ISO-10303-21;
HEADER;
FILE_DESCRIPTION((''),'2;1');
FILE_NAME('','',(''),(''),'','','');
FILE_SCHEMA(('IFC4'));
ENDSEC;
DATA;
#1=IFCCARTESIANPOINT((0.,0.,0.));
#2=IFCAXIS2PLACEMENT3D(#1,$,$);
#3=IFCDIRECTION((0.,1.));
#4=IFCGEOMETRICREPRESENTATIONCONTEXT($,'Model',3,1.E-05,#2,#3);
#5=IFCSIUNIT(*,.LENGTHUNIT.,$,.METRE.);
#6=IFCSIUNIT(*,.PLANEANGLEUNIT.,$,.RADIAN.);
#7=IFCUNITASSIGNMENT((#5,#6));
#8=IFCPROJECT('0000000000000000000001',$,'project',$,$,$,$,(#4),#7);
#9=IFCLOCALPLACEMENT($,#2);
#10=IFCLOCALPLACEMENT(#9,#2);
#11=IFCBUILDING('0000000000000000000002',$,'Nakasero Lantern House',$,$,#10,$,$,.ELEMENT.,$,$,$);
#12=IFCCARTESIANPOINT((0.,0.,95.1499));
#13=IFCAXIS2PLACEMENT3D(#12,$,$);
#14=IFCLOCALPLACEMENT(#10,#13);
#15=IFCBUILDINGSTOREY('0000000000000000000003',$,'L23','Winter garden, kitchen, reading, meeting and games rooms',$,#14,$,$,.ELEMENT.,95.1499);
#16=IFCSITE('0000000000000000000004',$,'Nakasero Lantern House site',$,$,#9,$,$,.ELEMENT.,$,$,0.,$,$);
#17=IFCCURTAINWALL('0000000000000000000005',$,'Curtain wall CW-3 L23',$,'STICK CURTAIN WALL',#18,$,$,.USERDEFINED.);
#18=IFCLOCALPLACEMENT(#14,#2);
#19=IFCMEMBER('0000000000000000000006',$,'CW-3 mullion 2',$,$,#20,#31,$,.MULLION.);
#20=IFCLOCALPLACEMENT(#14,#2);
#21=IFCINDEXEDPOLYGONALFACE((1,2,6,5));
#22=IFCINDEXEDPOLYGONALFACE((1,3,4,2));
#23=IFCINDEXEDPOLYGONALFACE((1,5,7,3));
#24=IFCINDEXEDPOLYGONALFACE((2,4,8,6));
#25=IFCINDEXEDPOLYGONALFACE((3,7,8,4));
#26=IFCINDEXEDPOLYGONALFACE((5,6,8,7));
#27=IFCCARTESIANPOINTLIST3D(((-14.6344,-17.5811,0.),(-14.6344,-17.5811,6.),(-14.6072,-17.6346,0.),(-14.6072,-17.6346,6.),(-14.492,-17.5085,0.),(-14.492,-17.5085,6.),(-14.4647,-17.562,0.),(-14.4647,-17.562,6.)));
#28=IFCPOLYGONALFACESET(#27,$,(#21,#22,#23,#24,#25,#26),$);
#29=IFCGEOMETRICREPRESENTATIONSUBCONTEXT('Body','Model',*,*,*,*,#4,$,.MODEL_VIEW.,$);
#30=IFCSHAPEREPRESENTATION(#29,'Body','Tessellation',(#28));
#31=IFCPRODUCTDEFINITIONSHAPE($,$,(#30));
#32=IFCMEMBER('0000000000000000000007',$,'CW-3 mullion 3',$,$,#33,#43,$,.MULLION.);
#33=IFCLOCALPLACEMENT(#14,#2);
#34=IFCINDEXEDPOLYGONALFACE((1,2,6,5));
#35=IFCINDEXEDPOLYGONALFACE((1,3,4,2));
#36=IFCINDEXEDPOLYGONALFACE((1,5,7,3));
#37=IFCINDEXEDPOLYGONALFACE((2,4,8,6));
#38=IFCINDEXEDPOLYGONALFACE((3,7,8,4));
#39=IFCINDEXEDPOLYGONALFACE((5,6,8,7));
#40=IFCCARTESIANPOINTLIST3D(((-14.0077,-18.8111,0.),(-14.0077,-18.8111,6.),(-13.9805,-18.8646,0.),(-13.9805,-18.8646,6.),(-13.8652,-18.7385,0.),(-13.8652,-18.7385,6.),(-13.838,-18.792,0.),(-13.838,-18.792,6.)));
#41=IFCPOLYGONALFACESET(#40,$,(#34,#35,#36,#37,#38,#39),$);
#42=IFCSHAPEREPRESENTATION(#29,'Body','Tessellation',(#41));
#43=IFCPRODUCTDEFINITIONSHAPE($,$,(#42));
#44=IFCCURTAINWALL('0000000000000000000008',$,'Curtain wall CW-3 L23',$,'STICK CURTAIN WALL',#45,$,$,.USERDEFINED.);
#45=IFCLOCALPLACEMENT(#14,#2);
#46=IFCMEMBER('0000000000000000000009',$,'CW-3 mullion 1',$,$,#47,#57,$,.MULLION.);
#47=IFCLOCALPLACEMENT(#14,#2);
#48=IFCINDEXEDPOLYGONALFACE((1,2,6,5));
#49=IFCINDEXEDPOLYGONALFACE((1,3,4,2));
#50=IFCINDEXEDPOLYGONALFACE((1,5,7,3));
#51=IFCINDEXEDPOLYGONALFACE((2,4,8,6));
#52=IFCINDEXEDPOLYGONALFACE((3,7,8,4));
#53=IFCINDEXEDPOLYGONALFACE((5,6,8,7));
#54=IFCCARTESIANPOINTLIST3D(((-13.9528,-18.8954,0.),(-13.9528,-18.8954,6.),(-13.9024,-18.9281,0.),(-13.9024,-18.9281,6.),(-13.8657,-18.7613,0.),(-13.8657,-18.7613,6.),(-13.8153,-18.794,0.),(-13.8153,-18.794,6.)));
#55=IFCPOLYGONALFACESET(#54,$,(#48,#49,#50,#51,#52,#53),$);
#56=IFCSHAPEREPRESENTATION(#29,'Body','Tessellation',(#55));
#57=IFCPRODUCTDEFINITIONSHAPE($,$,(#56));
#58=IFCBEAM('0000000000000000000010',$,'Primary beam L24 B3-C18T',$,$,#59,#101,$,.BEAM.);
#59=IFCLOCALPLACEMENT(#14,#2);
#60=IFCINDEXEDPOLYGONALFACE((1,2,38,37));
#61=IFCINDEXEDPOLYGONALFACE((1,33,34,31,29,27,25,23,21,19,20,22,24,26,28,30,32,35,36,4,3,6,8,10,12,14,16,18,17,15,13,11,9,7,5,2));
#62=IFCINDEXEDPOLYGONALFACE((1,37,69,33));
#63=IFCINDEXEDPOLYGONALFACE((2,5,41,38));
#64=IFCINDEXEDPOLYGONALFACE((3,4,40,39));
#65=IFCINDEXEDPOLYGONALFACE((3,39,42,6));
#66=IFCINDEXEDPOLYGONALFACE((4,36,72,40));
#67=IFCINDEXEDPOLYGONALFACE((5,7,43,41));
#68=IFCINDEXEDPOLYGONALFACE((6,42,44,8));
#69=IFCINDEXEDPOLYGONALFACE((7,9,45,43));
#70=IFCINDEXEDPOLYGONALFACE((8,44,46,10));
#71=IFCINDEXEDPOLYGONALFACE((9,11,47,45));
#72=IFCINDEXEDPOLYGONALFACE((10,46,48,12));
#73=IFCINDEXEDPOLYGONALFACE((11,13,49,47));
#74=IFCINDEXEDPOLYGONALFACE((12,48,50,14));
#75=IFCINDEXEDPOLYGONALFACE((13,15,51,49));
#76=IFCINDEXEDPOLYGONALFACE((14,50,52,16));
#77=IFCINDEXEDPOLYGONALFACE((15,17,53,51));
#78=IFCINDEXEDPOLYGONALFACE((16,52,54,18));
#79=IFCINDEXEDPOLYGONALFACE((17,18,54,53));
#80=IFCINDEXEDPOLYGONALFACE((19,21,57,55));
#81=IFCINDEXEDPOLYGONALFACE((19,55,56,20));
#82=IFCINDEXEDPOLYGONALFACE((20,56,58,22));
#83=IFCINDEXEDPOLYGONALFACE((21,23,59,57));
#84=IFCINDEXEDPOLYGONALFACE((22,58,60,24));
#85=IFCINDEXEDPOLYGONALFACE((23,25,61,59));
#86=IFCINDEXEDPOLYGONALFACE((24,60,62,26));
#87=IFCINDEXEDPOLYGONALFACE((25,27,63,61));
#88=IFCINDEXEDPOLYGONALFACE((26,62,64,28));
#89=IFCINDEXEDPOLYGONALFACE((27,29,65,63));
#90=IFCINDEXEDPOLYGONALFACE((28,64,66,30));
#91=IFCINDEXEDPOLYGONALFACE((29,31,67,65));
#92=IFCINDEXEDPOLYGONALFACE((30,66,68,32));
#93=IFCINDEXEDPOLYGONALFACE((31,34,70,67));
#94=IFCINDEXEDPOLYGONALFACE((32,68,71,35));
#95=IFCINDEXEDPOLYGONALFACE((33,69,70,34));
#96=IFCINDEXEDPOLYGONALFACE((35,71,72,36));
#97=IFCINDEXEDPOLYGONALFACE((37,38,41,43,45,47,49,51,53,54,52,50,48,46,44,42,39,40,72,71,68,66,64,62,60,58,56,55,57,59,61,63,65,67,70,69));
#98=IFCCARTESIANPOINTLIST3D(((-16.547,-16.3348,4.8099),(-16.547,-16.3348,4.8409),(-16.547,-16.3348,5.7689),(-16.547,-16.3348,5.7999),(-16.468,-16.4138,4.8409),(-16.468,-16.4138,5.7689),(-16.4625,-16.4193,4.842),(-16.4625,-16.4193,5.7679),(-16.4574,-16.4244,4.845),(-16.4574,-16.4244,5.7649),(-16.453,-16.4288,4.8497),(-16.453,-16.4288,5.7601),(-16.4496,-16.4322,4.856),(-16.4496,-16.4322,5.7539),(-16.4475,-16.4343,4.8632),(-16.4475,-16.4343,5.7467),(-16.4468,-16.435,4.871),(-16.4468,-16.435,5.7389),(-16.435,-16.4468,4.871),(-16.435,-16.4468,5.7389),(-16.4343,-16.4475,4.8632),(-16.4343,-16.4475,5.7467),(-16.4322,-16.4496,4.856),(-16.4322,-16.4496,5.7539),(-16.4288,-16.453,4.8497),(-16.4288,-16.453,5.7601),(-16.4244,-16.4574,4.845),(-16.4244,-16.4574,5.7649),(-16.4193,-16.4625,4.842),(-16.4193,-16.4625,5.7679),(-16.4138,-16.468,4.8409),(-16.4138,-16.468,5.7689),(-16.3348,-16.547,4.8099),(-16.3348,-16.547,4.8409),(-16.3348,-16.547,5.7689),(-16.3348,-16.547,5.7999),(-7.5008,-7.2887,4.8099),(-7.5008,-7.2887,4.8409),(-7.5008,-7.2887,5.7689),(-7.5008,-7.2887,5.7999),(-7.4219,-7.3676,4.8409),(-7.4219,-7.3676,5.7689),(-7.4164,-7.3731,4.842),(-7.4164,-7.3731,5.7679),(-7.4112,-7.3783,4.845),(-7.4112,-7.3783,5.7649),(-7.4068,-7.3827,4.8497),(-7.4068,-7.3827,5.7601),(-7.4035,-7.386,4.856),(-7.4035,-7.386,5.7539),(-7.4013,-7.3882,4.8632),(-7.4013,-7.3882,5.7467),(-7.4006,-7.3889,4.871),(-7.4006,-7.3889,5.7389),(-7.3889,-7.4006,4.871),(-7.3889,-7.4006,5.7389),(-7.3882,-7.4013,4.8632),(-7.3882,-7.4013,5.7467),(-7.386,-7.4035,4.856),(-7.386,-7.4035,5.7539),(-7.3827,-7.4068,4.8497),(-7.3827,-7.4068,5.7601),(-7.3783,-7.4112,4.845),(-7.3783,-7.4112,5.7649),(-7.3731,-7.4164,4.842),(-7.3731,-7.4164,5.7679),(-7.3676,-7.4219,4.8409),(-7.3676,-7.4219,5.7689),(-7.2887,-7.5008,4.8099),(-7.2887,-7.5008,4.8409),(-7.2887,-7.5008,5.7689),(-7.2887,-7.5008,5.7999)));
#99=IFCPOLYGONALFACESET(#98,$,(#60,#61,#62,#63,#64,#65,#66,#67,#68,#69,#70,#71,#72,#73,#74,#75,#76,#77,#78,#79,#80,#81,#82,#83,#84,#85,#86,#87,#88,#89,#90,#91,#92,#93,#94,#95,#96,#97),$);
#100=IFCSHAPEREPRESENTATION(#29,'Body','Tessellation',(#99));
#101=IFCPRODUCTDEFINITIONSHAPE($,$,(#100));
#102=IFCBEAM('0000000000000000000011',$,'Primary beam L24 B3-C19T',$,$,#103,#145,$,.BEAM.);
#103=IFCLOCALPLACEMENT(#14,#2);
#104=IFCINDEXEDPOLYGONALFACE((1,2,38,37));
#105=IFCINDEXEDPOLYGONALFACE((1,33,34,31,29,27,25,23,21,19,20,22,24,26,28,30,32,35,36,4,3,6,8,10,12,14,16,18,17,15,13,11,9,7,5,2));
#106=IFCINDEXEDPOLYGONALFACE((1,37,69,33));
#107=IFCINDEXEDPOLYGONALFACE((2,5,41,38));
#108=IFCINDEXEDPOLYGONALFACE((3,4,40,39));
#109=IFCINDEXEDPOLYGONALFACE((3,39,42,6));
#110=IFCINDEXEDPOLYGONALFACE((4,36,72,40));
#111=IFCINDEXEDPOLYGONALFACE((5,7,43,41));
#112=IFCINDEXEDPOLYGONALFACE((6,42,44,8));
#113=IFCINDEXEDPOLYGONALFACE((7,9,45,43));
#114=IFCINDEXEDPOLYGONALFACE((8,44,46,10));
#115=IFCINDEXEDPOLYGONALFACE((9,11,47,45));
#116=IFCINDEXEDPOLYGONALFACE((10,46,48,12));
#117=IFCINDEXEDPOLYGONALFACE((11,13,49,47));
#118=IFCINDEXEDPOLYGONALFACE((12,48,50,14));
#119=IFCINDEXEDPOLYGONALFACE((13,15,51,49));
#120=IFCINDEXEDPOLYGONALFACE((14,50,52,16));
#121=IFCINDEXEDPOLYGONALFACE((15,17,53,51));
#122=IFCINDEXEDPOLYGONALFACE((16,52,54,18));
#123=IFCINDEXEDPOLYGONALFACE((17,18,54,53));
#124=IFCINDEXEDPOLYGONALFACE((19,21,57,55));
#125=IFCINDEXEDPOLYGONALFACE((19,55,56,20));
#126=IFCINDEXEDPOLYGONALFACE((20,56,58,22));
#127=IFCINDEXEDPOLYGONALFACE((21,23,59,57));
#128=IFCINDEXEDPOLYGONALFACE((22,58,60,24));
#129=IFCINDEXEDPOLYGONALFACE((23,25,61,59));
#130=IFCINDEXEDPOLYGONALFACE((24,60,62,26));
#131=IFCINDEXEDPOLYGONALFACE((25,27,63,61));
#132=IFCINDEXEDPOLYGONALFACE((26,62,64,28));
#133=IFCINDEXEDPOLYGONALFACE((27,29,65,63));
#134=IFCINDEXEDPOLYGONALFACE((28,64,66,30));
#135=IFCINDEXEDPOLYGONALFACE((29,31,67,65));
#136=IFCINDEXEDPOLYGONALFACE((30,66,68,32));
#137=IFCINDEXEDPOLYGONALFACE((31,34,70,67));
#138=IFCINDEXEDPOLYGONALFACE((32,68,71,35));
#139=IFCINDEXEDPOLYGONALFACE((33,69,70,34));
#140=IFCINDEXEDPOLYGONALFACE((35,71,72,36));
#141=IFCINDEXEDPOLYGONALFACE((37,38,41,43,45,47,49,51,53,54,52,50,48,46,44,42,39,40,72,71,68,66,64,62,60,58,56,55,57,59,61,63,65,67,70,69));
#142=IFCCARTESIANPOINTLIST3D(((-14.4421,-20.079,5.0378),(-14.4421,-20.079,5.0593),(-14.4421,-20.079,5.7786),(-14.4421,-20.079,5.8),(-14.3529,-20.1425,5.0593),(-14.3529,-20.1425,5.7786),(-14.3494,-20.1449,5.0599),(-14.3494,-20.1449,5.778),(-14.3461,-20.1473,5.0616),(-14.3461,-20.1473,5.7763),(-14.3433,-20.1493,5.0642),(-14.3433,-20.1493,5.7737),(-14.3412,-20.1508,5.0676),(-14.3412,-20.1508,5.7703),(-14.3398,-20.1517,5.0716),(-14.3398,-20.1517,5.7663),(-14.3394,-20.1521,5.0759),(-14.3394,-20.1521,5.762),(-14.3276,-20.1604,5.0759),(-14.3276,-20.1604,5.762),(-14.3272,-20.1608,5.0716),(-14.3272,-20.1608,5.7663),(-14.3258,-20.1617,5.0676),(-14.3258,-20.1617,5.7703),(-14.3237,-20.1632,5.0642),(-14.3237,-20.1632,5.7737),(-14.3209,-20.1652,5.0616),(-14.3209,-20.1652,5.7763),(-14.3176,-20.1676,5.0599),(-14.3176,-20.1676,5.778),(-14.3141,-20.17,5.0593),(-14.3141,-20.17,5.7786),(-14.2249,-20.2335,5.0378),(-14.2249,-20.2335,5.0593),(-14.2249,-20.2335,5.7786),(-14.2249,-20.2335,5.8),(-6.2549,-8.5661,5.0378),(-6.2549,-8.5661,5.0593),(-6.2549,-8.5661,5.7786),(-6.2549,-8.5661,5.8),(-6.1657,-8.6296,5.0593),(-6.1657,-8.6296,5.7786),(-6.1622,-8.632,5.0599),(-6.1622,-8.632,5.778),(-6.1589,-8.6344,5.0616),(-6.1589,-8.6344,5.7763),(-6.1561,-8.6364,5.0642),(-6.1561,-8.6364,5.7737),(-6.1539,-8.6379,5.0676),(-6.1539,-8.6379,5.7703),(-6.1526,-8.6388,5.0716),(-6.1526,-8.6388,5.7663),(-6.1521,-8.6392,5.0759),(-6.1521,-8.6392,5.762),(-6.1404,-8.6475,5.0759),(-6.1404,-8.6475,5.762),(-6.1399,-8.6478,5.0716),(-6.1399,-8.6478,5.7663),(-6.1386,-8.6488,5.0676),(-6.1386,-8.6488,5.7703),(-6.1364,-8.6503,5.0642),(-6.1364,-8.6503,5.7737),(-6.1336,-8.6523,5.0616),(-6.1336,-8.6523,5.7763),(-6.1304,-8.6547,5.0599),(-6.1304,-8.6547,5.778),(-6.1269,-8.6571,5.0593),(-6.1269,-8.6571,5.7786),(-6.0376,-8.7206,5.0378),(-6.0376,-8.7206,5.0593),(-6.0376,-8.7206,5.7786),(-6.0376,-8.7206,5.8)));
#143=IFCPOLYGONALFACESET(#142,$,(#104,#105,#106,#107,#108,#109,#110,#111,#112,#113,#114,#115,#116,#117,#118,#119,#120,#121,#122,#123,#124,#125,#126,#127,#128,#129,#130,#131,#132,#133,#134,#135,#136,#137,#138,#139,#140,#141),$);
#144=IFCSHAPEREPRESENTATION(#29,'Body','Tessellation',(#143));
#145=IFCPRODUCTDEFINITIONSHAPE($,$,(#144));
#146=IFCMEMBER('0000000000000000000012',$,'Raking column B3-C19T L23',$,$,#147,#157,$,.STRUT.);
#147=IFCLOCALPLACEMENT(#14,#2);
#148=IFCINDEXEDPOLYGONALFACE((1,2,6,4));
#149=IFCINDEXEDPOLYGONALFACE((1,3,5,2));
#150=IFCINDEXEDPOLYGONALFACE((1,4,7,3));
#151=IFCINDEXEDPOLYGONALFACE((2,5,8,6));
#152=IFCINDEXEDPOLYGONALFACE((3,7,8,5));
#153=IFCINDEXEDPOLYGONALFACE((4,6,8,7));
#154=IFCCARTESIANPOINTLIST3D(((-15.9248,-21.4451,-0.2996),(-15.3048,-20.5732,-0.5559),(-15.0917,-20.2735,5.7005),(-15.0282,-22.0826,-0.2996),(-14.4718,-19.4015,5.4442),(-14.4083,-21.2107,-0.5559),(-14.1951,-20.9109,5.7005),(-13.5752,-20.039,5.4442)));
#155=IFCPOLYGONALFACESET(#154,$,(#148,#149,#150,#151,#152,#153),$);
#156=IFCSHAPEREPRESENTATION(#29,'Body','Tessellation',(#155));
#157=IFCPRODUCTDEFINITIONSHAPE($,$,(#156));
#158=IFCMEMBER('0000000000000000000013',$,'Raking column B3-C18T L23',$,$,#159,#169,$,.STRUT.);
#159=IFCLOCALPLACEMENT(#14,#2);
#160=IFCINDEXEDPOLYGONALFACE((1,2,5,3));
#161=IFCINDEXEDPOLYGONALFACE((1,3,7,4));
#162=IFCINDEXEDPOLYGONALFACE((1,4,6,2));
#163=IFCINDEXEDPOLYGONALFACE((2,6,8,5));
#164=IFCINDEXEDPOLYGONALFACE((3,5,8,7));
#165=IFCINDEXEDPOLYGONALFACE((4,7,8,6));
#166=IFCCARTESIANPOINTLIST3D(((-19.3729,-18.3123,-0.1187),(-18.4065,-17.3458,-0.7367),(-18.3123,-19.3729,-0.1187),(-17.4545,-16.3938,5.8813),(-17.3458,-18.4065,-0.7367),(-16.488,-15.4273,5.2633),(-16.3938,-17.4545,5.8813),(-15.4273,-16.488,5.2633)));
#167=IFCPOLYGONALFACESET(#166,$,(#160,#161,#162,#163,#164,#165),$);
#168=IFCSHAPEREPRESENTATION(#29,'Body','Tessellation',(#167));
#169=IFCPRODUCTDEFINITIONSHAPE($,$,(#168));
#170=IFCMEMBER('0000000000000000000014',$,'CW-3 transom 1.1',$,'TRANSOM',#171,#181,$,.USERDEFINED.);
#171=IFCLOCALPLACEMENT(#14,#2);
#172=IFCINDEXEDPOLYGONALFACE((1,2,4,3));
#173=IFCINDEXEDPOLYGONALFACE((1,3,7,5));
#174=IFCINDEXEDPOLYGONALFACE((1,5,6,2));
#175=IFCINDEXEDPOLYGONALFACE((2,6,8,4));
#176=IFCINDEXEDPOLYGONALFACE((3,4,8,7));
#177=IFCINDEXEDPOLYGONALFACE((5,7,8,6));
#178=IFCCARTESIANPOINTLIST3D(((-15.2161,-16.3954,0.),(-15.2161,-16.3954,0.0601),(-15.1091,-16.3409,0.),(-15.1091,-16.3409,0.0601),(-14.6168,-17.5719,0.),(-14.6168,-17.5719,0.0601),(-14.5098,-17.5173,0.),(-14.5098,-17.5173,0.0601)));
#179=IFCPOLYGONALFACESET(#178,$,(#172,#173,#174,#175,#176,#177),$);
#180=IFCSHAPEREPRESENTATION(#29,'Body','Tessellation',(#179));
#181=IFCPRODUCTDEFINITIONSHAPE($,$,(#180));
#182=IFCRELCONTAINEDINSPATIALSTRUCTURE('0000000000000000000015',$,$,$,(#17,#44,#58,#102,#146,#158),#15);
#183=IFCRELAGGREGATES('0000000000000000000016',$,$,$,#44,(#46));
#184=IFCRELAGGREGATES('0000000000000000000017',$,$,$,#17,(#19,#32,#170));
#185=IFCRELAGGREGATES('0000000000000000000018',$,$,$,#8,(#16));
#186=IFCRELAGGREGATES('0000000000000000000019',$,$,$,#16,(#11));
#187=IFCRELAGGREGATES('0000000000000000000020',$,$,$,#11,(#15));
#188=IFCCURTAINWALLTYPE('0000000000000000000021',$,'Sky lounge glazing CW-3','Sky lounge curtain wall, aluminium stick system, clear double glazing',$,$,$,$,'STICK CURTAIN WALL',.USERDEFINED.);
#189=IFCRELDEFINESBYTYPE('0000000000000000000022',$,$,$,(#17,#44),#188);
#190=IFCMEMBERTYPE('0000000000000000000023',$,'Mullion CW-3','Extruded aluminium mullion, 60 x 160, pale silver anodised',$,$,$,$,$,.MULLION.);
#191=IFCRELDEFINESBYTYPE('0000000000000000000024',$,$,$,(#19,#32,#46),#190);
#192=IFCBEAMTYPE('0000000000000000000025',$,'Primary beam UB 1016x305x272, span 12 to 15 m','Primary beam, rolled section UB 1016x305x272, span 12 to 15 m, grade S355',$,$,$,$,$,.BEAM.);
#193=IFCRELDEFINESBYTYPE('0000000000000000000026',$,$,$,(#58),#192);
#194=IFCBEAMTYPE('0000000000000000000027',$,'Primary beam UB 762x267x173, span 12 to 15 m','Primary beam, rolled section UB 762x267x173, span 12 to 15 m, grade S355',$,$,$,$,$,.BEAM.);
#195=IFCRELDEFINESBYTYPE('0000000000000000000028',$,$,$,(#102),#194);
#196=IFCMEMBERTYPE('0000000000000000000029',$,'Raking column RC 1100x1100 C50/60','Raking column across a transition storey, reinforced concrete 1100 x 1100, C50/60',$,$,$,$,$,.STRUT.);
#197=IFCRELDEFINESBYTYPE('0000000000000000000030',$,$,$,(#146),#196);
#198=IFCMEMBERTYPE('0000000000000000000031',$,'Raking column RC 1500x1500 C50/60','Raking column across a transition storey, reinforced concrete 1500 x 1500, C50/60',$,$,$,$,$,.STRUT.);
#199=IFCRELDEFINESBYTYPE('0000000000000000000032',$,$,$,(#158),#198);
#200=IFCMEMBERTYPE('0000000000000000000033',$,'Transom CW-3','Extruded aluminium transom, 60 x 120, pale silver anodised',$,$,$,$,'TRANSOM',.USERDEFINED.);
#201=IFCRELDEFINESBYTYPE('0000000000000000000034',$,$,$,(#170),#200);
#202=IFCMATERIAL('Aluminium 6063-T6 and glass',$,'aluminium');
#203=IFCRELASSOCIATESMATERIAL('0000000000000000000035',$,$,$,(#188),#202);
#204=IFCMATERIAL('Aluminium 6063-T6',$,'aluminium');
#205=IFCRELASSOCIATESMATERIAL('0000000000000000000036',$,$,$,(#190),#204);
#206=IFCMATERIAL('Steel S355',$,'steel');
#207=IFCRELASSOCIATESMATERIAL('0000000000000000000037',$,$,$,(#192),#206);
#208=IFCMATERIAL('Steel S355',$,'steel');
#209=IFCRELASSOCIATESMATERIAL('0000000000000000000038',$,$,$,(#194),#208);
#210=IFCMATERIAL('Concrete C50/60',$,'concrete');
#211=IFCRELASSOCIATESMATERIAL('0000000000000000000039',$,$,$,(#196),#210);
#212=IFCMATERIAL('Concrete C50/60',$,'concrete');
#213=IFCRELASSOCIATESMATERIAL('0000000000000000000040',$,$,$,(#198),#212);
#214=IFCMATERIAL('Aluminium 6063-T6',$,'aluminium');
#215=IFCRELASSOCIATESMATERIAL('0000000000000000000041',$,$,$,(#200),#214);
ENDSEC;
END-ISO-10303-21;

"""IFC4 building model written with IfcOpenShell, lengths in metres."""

from ifc_helpers import new_model, si_unit, direction, frame, origin, origin_2d, place, context, subcontext, project, spatial, rectangle, i_section, extrude, material, material_profile, profile_set, type_object, element, aggregate, save


model = new_model("IFC4")

# Units and contexts
model_context = context("Model", 3, precision=1e-05, world=origin(), true_north=direction((0.0, 1.0)))
body_context = subcontext(model_context, "Body", "Model", "MODEL_VIEW")
ifc_project = project(units=[si_unit("LENGTHUNIT", "METRE"), si_unit("PLANEANGLEUNIT", "RADIAN")], contexts=[model_context])

# Site, building, storey
site_placement = place(None, origin())
site = spatial("IfcSite", under=ifc_project, at=site_placement, Name="Nakasero Lantern House site", CompositionType="ELEMENT", RefElevation=0.0)
building_placement = place(site_placement, origin())
building = spatial("IfcBuilding", under=site, at=building_placement, Name="Nakasero Lantern House", CompositionType="ELEMENT")
storey_placement = place(building_placement, frame((0.0, 0.0, 95.1499)))
storey = spatial("IfcBuildingStorey", under=building, at=storey_placement, Name="L23", Description="Winter garden, kitchen, reading, meeting and games rooms", CompositionType="ELEMENT", Elevation=95.1499)

# Curtain wall, members
ifc_material_1 = material(Name="Aluminium 6063-T6 and glass", Category="aluminium")
curtain_wall_type = type_object("IfcCurtainWallType", Name="Sky lounge glazing CW-3", Description="Sky lounge curtain wall, aluminium stick system, clear double glazing", ElementType="STICK CURTAIN WALL", PredefinedType="USERDEFINED", material=ifc_material_1)
curtain_wall_1_placement = place(storey_placement, origin())
curtain_wall_1 = element("IfcCurtainWall", 1, at=curtain_wall_1_placement, inside=storey, type_object=curtain_wall_type, Name="Curtain wall CW-3 L23", ObjectType="STICK CURTAIN WALL", PredefinedType="USERDEFINED")
ifc_material_2 = material(Name="Aluminium 6063-T6", Category="aluminium")
ifc_material_profile_1 = material_profile(ifc_material_2, rectangle(XDim=0.0601, YDim=0.1599, at=origin_2d()), Name="CW-3 mullion 60x160")
ifc_profile_set_1 = profile_set([ifc_material_profile_1], Name="Aluminium 6063-T6")
member_type_1 = type_object("IfcMemberType", Name="Mullion CW-3", Description="Extruded aluminium mullion, 60 x 160, pale silver anodised", PredefinedType="MULLION", material=ifc_profile_set_1)
member_1_placement = place(storey_placement, frame((-14.5496, -17.5715, 0.0), z_axis=(0.0, 0.0, 1.0), x_axis=(0.45399, -0.891007, 0.0)))
member_1 = element("IfcMember", 2, at=member_1_placement, type_object=member_type_1, Name="CW-3 mullion 2", PredefinedType="MULLION", context=body_context, shape_type="SweptSolid", body=[
    extrude(rectangle(XDim=0.0601, YDim=0.1599, at=origin_2d()), origin(), (0.0, 0.0, 1.0), 6.0),
])
member_2_placement = place(storey_placement, frame((-13.9229, -18.8015, 0.0), z_axis=(0.0, 0.0, 1.0), x_axis=(0.45399, -0.891007, 0.0)))
member_2 = element("IfcMember", 3, at=member_2_placement, type_object=member_type_1, Name="CW-3 mullion 3", PredefinedType="MULLION", context=body_context, shape_type="SweptSolid", body=[
    extrude(rectangle(XDim=0.0601, YDim=0.1599, at=origin_2d()), origin(), (0.0, 0.0, 1.0), 6.0),
])

# Curtain wall, member
curtain_wall_2_placement = place(storey_placement, origin())
curtain_wall_2 = element("IfcCurtainWall", 4, at=curtain_wall_2_placement, inside=storey, type_object=curtain_wall_type, Name="Curtain wall CW-3 L23", ObjectType="STICK CURTAIN WALL", PredefinedType="USERDEFINED")
member_3_placement = place(storey_placement, frame((-13.884, -18.8447, 0.0), z_axis=(0.0, 0.0, 1.0), x_axis=(0.838671, -0.544639, 0.0)))
member_3 = element("IfcMember", 5, at=member_3_placement, type_object=member_type_1, Name="CW-3 mullion 1", PredefinedType="MULLION", context=body_context, shape_type="SweptSolid", body=[
    extrude(rectangle(XDim=0.0601, YDim=0.1599, at=origin_2d()), origin(), (0.0, 0.0, 1.0), 6.0),
])

# Beams
ifc_material_3 = material(Name="Steel S355", Category="steel")
ifc_material_profile_2 = material_profile(ifc_material_3, i_section(OverallWidth=0.3, OverallDepth=0.99, WebThickness=0.0166, FlangeThickness=0.031, FilletRadius=0.03, at=origin_2d()), Name="UB 1016x305x272")
ifc_profile_set_2 = profile_set([ifc_material_profile_2], Name="Steel S355")
beam_type_1 = type_object("IfcBeamType", Name="Primary beam UB 1016x305x272, span 12 to 15 m", Description="Primary beam, rolled section UB 1016x305x272, span 12 to 15 m, grade S355", PredefinedType="BEAM", material=ifc_profile_set_2)
beam_1_placement = place(storey_placement, frame((-16.4409, -16.4409, 5.3049), z_axis=(0.707107, 0.707107, 0.0), x_axis=(-0.707107, 0.707107, 0.0)))
element("IfcBeam", 6, at=beam_1_placement, inside=storey, type_object=beam_type_1, Name="Primary beam L24 B3-C18T", PredefinedType="BEAM", context=body_context, shape_type="SweptSolid", body=[
    extrude(i_section(OverallWidth=0.3, OverallDepth=0.99, WebThickness=0.0166, FlangeThickness=0.031, FilletRadius=0.03, at=origin_2d()), origin(), (0.0, 0.0, 1.0), 12.7932),
])
ifc_material_4 = material(Name="Steel S355", Category="steel")
ifc_material_profile_3 = material_profile(ifc_material_4, i_section(OverallWidth=0.2666, OverallDepth=0.7622, WebThickness=0.0144, FlangeThickness=0.0215, FilletRadius=0.0166, at=origin_2d()), Name="UB 762x267x173")
ifc_profile_set_3 = profile_set([ifc_material_profile_3], Name="Steel S355")
beam_type_2 = type_object("IfcBeamType", Name="Primary beam UB 762x267x173, span 12 to 15 m", Description="Primary beam, rolled section UB 762x267x173, span 12 to 15 m, grade S355", PredefinedType="BEAM", material=ifc_profile_set_3)
beam_2_placement = place(storey_placement, frame((-14.3335, -20.1562, 5.4189), z_axis=(0.579537, 0.814946, 0.0), x_axis=(-0.814946, 0.579537, 0.0)))
element("IfcBeam", 7, at=beam_2_placement, inside=storey, type_object=beam_type_2, Name="Primary beam L24 B3-C19T", PredefinedType="BEAM", context=body_context, shape_type="SweptSolid", body=[
    extrude(i_section(OverallWidth=0.2666, OverallDepth=0.7622, WebThickness=0.0144, FlangeThickness=0.0215, FilletRadius=0.0166, at=origin_2d()), origin(), (0.0, 0.0, 1.0), 14.1272),
])

# Members
ifc_material_5 = material(Name="Concrete C50/60", Category="concrete")
ifc_material_profile_4 = material_profile(ifc_material_5, rectangle(XDim=1.1001, YDim=1.1001, at=origin_2d()), Name="RC 1100x1100")
ifc_profile_set_4 = profile_set([ifc_material_profile_4], Name="Concrete C50/60")
member_type_2 = type_object("IfcMemberType", Name="Raking column RC 1100x1100 C50/60", Description="Raking column across a transition storey, reinforced concrete 1100 x 1100, C50/60", PredefinedType="STRUT", material=ifc_profile_set_4)
member_4_placement = place(storey_placement, frame((-15.1665, -21.3279, -0.4277), z_axis=(0.135013, 0.189897, 0.972476), x_axis=(-0.815005, 0.579454, 0.0)))
element("IfcMember", 8, at=member_4_placement, inside=storey, type_object=member_type_2, Name="Raking column B3-C19T L23", PredefinedType="STRUT", context=body_context, shape_type="SweptSolid", body=[
    extrude(rectangle(XDim=1.1001, YDim=1.1001, at=origin_2d()), origin(), (0.0, 0.0, 1.0), 6.1699),
])
ifc_material_6 = material(Name="Concrete C50/60", Category="concrete")
ifc_material_profile_5 = material_profile(ifc_material_6, rectangle(XDim=1.5, YDim=1.5, at=origin_2d()), Name="RC 1500x1500")
ifc_profile_set_5 = profile_set([ifc_material_profile_5], Name="Concrete C50/60")
member_type_3 = type_object("IfcMemberType", Name="Raking column RC 1500x1500 C50/60", Description="Raking column across a transition storey, reinforced concrete 1500 x 1500, C50/60", PredefinedType="STRUT", material=ifc_profile_set_5)
member_5_placement = place(storey_placement, frame((-18.3594, -18.3594, -0.4277), z_axis=(0.291342, 0.291342, 0.911175), x_axis=(-0.707107, 0.707107, 0.0)))
element("IfcMember", 9, at=member_5_placement, inside=storey, type_object=member_type_3, Name="Raking column B3-C18T L23", PredefinedType="STRUT", context=body_context, shape_type="SweptSolid", body=[
    extrude(rectangle(XDim=1.5, YDim=1.5, at=origin_2d()), origin(), (0.0, 0.0, 1.0), 6.585),
])

# Member
ifc_material_7 = material(Name="Aluminium 6063-T6", Category="aluminium")
ifc_material_profile_6 = material_profile(ifc_material_7, rectangle(XDim=0.0601, YDim=0.1201, at=origin_2d()), Name="CW-3 transom 60x120")
ifc_profile_set_6 = profile_set([ifc_material_profile_6], Name="Aluminium 6063-T6")
member_type_4 = type_object("IfcMemberType", Name="Transom CW-3", Description="Extruded aluminium transom, 60 x 120, pale silver anodised", ElementType="TRANSOM", PredefinedType="USERDEFINED", material=ifc_profile_set_6)
member_6_placement = place(storey_placement, frame((-15.1626, -16.3682, 0.03), z_axis=(0.453931, -0.891037, 0.0), x_axis=(0.0, 0.0, 1.0)))
member_6 = element("IfcMember", 10, at=member_6_placement, type_object=member_type_4, Name="CW-3 transom 1.1", ObjectType="TRANSOM", PredefinedType="USERDEFINED", context=body_context, shape_type="SweptSolid", body=[
    extrude(rectangle(XDim=0.0601, YDim=0.1201, at=origin_2d()), origin(), (0.0, 0.0, 1.0), 1.3203),
])
aggregate(curtain_wall_2, [member_3])

aggregate(curtain_wall_1, [member_1, member_2, member_6])

save(model, "model.ifc")
